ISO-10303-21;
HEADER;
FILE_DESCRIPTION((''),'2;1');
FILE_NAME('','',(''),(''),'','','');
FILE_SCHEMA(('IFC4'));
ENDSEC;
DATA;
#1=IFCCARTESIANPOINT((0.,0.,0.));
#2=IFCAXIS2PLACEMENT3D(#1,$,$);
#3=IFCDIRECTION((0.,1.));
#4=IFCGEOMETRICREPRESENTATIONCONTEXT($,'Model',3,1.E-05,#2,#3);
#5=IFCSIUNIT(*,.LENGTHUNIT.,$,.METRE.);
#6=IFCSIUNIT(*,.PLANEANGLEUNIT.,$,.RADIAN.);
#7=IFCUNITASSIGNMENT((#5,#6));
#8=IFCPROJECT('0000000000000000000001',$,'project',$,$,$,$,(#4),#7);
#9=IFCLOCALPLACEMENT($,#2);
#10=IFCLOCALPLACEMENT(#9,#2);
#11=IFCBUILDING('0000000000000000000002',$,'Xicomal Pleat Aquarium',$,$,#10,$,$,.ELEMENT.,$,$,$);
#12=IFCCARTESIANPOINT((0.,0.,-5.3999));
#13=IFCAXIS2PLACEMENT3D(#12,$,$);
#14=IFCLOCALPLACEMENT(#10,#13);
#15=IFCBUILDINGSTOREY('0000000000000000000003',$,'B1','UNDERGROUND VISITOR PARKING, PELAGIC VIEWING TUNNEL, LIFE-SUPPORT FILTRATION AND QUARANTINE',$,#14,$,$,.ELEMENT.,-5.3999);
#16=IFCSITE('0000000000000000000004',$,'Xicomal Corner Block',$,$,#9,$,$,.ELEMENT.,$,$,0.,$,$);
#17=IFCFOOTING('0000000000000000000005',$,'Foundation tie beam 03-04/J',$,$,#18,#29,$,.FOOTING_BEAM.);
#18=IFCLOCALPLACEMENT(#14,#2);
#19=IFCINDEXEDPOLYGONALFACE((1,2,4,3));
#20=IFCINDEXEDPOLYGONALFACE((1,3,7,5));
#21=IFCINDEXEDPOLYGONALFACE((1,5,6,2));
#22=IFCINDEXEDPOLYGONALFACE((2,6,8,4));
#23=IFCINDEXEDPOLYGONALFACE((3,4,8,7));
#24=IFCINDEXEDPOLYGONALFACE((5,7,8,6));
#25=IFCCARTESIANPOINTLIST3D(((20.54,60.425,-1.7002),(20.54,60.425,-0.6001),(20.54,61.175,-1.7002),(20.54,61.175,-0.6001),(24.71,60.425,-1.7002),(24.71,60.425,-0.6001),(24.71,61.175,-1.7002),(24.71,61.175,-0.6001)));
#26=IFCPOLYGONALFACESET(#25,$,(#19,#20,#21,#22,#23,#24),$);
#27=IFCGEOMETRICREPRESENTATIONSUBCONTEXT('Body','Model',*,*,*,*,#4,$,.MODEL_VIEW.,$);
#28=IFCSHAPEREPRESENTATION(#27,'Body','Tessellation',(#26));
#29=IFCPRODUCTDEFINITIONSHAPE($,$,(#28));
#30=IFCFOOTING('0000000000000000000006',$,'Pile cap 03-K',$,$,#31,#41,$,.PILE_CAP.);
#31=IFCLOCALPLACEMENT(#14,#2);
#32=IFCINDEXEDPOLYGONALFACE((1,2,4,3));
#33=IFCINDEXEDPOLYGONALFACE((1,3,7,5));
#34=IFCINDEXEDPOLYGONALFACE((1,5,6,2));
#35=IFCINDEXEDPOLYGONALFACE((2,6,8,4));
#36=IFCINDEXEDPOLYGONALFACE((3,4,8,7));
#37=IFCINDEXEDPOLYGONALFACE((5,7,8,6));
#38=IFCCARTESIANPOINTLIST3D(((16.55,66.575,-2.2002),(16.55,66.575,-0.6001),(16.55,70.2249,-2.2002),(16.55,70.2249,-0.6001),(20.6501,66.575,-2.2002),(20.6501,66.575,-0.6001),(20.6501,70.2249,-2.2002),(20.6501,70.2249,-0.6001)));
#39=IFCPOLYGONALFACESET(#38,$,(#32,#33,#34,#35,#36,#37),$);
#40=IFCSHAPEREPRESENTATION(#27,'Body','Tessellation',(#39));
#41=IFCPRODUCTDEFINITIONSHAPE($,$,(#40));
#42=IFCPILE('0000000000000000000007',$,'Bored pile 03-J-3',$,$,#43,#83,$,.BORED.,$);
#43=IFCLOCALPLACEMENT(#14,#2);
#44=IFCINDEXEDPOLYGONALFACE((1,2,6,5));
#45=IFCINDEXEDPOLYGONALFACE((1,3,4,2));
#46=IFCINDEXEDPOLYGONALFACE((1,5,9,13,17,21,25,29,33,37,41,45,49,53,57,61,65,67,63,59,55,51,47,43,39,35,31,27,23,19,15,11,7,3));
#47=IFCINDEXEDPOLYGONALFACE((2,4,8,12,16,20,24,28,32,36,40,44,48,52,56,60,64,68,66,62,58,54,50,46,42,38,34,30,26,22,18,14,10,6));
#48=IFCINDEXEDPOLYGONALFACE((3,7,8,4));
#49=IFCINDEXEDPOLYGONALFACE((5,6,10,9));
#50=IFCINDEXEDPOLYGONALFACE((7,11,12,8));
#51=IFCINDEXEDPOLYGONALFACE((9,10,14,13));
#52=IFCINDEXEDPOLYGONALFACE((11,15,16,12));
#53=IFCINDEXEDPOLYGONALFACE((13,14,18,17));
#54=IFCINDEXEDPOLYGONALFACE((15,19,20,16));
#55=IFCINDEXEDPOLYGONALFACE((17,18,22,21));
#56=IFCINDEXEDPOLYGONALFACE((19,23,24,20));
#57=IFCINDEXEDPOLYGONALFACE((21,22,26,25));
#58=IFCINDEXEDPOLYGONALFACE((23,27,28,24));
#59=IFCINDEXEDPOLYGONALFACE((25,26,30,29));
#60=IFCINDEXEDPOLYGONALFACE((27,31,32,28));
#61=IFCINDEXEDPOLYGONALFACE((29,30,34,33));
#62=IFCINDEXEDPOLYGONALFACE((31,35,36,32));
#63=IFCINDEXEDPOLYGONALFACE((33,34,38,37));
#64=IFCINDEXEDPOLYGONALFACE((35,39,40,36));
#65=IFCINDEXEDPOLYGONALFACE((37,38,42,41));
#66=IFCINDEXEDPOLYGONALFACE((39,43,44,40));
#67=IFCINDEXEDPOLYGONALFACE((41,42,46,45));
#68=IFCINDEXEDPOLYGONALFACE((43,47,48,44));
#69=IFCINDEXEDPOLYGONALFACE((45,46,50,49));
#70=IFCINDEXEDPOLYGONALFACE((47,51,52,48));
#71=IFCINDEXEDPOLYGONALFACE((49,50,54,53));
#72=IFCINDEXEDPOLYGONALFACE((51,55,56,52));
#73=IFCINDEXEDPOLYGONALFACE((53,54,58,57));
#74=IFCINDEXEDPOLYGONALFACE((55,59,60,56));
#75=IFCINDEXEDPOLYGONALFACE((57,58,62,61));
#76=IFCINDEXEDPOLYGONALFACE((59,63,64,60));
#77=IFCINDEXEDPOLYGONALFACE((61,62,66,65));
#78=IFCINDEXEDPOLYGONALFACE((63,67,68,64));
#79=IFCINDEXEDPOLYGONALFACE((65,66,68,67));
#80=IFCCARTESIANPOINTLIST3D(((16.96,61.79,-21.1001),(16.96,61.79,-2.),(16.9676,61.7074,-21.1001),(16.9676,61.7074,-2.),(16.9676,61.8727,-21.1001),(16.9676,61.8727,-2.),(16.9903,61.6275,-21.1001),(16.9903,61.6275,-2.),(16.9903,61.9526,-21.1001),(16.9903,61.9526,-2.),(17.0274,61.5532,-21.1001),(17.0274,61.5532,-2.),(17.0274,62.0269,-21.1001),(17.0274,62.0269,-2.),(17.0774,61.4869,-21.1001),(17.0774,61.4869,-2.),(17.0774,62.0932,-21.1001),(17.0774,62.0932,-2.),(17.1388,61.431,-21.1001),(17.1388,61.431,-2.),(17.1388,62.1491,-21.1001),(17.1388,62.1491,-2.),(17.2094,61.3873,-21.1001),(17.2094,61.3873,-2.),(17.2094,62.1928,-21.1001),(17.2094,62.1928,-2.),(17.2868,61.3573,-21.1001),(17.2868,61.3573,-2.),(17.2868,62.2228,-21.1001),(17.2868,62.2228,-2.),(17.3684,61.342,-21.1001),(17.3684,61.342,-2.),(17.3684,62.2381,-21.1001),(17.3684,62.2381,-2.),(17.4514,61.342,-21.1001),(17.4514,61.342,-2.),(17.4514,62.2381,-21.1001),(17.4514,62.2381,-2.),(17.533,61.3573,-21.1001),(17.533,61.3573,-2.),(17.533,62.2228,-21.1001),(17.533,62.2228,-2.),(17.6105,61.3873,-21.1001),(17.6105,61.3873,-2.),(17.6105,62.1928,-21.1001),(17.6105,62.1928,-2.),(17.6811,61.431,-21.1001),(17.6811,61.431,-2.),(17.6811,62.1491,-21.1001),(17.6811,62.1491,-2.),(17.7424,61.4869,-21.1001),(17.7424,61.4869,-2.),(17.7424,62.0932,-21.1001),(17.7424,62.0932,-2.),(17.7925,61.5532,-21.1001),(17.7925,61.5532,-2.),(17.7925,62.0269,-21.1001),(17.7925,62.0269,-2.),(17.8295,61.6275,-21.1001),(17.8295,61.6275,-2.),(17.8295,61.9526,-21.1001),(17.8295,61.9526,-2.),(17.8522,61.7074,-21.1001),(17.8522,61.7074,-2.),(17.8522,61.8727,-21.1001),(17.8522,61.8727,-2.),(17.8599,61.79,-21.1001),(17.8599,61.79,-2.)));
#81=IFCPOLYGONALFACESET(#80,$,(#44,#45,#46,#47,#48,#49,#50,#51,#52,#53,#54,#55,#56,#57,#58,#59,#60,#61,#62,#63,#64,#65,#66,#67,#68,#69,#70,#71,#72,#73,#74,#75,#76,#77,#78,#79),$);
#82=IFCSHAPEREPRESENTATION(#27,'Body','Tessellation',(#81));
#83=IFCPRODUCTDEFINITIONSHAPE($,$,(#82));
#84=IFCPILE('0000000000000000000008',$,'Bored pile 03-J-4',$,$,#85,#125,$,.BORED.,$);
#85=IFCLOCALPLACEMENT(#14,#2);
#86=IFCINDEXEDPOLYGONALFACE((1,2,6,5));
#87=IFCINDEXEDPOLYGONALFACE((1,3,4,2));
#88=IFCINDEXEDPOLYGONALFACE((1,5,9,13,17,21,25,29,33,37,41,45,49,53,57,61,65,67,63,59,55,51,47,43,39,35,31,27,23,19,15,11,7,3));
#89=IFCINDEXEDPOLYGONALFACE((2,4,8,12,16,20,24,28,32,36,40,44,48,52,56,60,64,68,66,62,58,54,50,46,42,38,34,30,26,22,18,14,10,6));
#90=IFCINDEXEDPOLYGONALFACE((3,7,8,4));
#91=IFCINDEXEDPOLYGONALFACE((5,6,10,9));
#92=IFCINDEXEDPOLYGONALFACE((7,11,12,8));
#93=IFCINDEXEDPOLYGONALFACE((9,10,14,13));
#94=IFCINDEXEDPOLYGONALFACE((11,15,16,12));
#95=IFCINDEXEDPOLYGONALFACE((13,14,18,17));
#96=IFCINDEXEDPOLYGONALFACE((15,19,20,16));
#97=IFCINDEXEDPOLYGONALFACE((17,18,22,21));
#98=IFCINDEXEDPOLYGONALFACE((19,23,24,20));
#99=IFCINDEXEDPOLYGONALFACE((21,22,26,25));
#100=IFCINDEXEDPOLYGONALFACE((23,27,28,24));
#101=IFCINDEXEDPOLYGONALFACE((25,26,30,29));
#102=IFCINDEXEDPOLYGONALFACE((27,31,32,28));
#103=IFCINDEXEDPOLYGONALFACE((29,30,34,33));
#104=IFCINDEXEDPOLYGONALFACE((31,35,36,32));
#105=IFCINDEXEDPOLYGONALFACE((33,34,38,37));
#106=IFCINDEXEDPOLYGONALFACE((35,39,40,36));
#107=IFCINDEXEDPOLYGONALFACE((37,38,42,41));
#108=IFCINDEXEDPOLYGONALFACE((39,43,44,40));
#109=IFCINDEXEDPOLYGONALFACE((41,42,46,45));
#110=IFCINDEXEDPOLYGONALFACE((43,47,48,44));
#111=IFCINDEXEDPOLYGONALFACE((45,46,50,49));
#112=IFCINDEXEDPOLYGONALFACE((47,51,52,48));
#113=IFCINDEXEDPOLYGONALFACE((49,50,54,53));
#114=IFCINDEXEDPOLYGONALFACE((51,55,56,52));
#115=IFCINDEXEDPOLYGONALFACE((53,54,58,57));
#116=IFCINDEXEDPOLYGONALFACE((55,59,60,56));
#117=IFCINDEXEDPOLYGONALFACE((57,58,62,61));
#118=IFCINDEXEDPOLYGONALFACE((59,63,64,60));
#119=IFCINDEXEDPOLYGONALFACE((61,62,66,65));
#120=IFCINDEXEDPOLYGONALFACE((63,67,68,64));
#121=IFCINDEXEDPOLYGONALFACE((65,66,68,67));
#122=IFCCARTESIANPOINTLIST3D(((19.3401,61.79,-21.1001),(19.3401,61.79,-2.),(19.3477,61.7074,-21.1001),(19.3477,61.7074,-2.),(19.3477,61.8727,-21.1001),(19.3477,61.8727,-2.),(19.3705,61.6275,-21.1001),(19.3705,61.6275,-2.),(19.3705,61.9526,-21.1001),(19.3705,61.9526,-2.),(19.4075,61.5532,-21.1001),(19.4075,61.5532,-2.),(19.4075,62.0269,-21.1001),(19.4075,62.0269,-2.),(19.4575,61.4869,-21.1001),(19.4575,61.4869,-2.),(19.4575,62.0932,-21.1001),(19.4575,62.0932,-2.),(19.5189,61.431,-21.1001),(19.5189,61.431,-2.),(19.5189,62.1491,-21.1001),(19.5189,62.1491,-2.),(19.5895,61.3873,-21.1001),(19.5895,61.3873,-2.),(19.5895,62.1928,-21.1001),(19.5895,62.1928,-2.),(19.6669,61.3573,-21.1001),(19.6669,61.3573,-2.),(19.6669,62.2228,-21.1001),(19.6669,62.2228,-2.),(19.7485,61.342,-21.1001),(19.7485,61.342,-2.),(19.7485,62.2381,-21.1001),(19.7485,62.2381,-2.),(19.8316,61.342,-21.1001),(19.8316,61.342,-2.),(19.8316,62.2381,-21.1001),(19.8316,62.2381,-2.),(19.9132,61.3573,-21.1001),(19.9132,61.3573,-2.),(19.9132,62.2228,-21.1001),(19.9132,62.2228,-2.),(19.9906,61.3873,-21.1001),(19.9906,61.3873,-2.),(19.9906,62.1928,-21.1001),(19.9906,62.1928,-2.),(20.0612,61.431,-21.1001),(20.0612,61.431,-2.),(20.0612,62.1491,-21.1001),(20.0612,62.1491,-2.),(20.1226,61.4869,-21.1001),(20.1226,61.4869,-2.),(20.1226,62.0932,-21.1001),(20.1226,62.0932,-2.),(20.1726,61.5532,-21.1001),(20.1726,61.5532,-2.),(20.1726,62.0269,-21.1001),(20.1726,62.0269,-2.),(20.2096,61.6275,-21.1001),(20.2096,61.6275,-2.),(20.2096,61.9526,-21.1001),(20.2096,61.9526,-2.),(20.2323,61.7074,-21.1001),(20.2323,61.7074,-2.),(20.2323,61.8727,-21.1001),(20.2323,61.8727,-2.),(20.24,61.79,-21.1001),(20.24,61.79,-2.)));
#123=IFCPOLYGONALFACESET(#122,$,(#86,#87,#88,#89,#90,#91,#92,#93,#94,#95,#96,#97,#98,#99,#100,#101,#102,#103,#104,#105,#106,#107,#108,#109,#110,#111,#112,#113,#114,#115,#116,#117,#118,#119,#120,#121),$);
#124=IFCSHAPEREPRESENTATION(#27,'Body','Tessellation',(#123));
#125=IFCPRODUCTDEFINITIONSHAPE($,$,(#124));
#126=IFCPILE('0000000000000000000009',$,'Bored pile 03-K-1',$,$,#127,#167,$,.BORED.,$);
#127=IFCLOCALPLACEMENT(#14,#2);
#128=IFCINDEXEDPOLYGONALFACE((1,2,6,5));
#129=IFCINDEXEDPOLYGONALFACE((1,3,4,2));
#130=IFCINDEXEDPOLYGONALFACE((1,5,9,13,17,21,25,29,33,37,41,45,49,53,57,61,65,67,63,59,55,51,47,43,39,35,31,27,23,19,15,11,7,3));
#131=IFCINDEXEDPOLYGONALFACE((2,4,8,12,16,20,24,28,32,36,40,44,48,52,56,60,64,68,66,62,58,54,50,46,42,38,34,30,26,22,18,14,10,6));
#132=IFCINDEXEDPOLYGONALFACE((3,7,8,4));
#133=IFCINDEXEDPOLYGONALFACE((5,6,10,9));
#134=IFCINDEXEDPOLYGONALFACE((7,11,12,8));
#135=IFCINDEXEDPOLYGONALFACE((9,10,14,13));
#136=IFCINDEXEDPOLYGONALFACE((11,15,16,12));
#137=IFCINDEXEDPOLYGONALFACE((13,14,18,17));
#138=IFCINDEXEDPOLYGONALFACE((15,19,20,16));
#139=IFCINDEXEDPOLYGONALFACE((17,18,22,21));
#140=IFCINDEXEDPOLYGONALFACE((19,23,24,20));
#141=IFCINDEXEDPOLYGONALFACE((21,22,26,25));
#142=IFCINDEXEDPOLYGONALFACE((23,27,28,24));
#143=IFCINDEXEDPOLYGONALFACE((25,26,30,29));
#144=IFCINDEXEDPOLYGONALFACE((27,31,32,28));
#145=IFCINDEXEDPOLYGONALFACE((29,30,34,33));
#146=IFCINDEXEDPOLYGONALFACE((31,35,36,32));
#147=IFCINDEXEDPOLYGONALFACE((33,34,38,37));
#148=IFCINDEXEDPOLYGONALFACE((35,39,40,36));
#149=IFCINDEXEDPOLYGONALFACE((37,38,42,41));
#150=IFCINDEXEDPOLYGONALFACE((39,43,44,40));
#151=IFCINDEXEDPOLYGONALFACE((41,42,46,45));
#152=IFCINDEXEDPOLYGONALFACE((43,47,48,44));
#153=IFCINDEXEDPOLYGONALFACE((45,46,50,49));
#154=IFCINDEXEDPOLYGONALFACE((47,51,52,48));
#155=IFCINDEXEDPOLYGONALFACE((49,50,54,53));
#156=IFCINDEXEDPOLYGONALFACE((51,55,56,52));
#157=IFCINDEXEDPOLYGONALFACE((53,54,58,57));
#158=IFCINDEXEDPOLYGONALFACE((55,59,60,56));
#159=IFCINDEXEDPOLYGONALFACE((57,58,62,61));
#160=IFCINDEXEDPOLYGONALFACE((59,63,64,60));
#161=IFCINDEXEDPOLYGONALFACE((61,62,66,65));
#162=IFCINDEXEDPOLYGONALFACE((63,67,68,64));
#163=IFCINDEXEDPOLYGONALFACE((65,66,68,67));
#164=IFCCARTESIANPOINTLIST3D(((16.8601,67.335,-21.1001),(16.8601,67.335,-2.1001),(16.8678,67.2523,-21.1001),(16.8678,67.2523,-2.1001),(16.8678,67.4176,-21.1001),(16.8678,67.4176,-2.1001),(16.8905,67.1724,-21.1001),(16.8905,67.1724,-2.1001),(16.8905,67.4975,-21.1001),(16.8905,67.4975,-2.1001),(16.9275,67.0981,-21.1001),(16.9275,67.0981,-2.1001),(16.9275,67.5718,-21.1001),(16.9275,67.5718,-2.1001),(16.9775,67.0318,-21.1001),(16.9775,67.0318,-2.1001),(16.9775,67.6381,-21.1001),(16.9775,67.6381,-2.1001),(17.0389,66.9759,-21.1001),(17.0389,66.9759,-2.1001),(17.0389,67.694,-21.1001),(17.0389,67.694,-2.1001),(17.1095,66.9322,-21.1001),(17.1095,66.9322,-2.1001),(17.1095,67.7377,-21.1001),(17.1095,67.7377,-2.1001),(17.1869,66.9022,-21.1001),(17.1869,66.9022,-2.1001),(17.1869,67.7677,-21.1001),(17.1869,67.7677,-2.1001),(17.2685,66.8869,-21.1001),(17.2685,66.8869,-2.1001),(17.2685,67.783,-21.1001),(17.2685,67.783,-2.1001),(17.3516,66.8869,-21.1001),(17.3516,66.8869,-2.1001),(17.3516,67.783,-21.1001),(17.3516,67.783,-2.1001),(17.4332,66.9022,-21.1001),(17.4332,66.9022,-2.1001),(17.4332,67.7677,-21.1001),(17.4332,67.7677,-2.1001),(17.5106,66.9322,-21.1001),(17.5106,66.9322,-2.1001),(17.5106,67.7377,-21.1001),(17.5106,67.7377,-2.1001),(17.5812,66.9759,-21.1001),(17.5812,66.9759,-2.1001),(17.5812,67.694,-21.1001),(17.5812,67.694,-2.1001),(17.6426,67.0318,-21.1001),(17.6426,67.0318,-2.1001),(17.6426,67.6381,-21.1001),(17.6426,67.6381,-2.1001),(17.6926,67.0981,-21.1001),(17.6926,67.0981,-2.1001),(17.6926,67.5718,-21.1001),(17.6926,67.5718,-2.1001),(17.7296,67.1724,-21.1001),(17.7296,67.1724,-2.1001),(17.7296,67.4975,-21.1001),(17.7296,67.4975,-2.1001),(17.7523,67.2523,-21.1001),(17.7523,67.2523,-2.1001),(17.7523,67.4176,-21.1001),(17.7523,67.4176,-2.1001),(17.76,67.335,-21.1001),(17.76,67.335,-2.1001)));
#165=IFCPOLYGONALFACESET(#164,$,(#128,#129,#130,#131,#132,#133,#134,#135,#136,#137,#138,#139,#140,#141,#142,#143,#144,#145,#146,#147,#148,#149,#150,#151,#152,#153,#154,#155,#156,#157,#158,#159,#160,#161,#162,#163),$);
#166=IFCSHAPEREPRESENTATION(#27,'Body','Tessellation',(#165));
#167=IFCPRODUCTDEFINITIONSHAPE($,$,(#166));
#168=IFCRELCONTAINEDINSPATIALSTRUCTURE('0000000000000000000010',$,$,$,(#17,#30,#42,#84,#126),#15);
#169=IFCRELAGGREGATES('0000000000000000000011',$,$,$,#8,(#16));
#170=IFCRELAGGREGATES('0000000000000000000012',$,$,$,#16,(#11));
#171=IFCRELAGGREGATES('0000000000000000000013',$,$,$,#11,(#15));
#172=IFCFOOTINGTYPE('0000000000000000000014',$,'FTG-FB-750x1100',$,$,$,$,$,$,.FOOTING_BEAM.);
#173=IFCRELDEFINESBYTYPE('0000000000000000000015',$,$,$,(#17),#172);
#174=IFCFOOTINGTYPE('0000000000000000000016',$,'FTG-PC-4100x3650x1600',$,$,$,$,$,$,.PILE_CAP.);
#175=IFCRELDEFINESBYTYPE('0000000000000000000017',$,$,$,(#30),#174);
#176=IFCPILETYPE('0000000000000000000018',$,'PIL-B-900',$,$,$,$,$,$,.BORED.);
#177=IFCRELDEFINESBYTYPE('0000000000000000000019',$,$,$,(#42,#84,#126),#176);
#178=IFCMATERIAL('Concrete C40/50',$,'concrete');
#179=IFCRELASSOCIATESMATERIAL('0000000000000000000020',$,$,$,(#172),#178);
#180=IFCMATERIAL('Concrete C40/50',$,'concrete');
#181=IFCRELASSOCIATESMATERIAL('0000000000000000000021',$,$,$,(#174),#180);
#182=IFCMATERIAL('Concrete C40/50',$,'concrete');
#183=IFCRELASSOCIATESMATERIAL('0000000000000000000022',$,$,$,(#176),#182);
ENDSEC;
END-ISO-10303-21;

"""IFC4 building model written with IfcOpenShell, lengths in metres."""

from ifc_helpers import new_model, si_unit, direction, frame, origin, origin_2d, place, context, subcontext, project, spatial, rectangle, circle, extrude, material, material_profile, profile_set, type_object, element, save


model = new_model("IFC4")

# Units and contexts
model_context = context("Model", 3, precision=1e-05, world=origin(), true_north=direction((0.0, 1.0)))
body_context = subcontext(model_context, "Body", "Model", "MODEL_VIEW")
ifc_project = project(units=[si_unit("LENGTHUNIT", "METRE"), si_unit("PLANEANGLEUNIT", "RADIAN")], contexts=[model_context])

# Site, building, storey
site_placement = place(None, origin())
site = spatial("IfcSite", under=ifc_project, at=site_placement, Name="Xicomal Corner Block", CompositionType="ELEMENT", RefElevation=0.0)
building_placement = place(site_placement, origin())
building = spatial("IfcBuilding", under=site, at=building_placement, Name="Xicomal Pleat Aquarium", CompositionType="ELEMENT")
storey_placement = place(building_placement, frame((0.0, 0.0, -5.3999)))
storey = spatial("IfcBuildingStorey", under=building, at=storey_placement, Name="B1", Description="UNDERGROUND VISITOR PARKING, PELAGIC VIEWING TUNNEL, LIFE-SUPPORT FILTRATION AND QUARANTINE", CompositionType="ELEMENT", Elevation=-5.3999)

# Footings
ifc_material_1 = material(Name="Concrete C40/50", Category="concrete")
ifc_material_profile_1 = material_profile(ifc_material_1, rectangle(XDim=0.75, YDim=1.1001, at=origin_2d()), Name="FB-04 750x1100")
ifc_profile_set_1 = profile_set([ifc_material_profile_1], Name="Concrete C40/50")
footing_type_1 = type_object("IfcFootingType", Name="FTG-FB-750x1100", PredefinedType="FOOTING_BEAM", material=ifc_profile_set_1)
footing_1_placement = place(storey_placement, frame((20.54, 60.8, -1.1501), z_axis=(1.0, 0.0, 0.0), x_axis=(0.0, 1.0, 0.0)))
element("IfcFooting", 1, at=footing_1_placement, inside=storey, type_object=footing_type_1, Name="Foundation tie beam 03-04/J", PredefinedType="FOOTING_BEAM", context=body_context, shape_type="SweptSolid", body=[
    extrude(rectangle(XDim=0.75, YDim=1.1001, at=origin_2d()), origin(), (0.0, 0.0, 1.0), 4.1699),
])
ifc_material_2 = material(Name="Concrete C40/50", Category="concrete")
footing_type_2 = type_object("IfcFootingType", Name="FTG-PC-4100x3650x1600", PredefinedType="PILE_CAP", material=ifc_material_2)
footing_2_placement = place(storey_placement, frame((18.6001, 68.3999, -2.2002), z_axis=(0.0, 0.0, 1.0), x_axis=(1.0, 0.0, 0.0)))
element("IfcFooting", 2, at=footing_2_placement, inside=storey, type_object=footing_type_2, Name="Pile cap 03-K", PredefinedType="PILE_CAP", context=body_context, shape_type="SweptSolid", body=[
    extrude(rectangle(XDim=4.1001, YDim=3.6499, at=origin_2d()), origin(), (0.0, 0.0, 1.0), 1.6001),
])

# Piles
ifc_material_3 = material(Name="Concrete C40/50", Category="concrete")
ifc_material_profile_2 = material_profile(ifc_material_3, circle(Radius=0.45, at=origin_2d()), Name="BORED PILE D900")
ifc_profile_set_2 = profile_set([ifc_material_profile_2], Name="Concrete C40/50")
pile_type = type_object("IfcPileType", Name="PIL-B-900", PredefinedType="BORED", material=ifc_profile_set_2)
for number, where, z_axis, x_axis, name in (
    (3, (17.4099, 61.79, -2.0), (0.0, 0.0, -1.0), (1.0, 0.0, 0.0), "Bored pile 03-J-3"),
    (4, (19.79, 61.79, -2.0), (0.0, 0.0, -1.0), (1.0, 0.0, 0.0), "Bored pile 03-J-4"),
):
    element("IfcPile", number, at=place(storey_placement, frame(where, z_axis=z_axis, x_axis=x_axis)), inside=storey, type_object=pile_type, Name=name, PredefinedType="BORED", context=body_context, shape_type="SweptSolid", body=[
        extrude(circle(Radius=0.45, at=origin_2d()), origin(), (0.0, 0.0, 1.0), 19.1001),
    ])
for number, where, z_axis, x_axis, name in (
    (5, (17.3101, 67.335, -2.1001), (0.0, 0.0, -1.0), (1.0, 0.0, 0.0), "Bored pile 03-K-1"),
):
    element("IfcPile", number, at=place(storey_placement, frame(where, z_axis=z_axis, x_axis=x_axis)), inside=storey, type_object=pile_type, Name=name, PredefinedType="BORED", context=body_context, shape_type="SweptSolid", body=[
        extrude(circle(Radius=0.45, at=origin_2d()), origin(), (0.0, 0.0, 1.0), 19.0),
    ])

save(model, "model.ifc")
